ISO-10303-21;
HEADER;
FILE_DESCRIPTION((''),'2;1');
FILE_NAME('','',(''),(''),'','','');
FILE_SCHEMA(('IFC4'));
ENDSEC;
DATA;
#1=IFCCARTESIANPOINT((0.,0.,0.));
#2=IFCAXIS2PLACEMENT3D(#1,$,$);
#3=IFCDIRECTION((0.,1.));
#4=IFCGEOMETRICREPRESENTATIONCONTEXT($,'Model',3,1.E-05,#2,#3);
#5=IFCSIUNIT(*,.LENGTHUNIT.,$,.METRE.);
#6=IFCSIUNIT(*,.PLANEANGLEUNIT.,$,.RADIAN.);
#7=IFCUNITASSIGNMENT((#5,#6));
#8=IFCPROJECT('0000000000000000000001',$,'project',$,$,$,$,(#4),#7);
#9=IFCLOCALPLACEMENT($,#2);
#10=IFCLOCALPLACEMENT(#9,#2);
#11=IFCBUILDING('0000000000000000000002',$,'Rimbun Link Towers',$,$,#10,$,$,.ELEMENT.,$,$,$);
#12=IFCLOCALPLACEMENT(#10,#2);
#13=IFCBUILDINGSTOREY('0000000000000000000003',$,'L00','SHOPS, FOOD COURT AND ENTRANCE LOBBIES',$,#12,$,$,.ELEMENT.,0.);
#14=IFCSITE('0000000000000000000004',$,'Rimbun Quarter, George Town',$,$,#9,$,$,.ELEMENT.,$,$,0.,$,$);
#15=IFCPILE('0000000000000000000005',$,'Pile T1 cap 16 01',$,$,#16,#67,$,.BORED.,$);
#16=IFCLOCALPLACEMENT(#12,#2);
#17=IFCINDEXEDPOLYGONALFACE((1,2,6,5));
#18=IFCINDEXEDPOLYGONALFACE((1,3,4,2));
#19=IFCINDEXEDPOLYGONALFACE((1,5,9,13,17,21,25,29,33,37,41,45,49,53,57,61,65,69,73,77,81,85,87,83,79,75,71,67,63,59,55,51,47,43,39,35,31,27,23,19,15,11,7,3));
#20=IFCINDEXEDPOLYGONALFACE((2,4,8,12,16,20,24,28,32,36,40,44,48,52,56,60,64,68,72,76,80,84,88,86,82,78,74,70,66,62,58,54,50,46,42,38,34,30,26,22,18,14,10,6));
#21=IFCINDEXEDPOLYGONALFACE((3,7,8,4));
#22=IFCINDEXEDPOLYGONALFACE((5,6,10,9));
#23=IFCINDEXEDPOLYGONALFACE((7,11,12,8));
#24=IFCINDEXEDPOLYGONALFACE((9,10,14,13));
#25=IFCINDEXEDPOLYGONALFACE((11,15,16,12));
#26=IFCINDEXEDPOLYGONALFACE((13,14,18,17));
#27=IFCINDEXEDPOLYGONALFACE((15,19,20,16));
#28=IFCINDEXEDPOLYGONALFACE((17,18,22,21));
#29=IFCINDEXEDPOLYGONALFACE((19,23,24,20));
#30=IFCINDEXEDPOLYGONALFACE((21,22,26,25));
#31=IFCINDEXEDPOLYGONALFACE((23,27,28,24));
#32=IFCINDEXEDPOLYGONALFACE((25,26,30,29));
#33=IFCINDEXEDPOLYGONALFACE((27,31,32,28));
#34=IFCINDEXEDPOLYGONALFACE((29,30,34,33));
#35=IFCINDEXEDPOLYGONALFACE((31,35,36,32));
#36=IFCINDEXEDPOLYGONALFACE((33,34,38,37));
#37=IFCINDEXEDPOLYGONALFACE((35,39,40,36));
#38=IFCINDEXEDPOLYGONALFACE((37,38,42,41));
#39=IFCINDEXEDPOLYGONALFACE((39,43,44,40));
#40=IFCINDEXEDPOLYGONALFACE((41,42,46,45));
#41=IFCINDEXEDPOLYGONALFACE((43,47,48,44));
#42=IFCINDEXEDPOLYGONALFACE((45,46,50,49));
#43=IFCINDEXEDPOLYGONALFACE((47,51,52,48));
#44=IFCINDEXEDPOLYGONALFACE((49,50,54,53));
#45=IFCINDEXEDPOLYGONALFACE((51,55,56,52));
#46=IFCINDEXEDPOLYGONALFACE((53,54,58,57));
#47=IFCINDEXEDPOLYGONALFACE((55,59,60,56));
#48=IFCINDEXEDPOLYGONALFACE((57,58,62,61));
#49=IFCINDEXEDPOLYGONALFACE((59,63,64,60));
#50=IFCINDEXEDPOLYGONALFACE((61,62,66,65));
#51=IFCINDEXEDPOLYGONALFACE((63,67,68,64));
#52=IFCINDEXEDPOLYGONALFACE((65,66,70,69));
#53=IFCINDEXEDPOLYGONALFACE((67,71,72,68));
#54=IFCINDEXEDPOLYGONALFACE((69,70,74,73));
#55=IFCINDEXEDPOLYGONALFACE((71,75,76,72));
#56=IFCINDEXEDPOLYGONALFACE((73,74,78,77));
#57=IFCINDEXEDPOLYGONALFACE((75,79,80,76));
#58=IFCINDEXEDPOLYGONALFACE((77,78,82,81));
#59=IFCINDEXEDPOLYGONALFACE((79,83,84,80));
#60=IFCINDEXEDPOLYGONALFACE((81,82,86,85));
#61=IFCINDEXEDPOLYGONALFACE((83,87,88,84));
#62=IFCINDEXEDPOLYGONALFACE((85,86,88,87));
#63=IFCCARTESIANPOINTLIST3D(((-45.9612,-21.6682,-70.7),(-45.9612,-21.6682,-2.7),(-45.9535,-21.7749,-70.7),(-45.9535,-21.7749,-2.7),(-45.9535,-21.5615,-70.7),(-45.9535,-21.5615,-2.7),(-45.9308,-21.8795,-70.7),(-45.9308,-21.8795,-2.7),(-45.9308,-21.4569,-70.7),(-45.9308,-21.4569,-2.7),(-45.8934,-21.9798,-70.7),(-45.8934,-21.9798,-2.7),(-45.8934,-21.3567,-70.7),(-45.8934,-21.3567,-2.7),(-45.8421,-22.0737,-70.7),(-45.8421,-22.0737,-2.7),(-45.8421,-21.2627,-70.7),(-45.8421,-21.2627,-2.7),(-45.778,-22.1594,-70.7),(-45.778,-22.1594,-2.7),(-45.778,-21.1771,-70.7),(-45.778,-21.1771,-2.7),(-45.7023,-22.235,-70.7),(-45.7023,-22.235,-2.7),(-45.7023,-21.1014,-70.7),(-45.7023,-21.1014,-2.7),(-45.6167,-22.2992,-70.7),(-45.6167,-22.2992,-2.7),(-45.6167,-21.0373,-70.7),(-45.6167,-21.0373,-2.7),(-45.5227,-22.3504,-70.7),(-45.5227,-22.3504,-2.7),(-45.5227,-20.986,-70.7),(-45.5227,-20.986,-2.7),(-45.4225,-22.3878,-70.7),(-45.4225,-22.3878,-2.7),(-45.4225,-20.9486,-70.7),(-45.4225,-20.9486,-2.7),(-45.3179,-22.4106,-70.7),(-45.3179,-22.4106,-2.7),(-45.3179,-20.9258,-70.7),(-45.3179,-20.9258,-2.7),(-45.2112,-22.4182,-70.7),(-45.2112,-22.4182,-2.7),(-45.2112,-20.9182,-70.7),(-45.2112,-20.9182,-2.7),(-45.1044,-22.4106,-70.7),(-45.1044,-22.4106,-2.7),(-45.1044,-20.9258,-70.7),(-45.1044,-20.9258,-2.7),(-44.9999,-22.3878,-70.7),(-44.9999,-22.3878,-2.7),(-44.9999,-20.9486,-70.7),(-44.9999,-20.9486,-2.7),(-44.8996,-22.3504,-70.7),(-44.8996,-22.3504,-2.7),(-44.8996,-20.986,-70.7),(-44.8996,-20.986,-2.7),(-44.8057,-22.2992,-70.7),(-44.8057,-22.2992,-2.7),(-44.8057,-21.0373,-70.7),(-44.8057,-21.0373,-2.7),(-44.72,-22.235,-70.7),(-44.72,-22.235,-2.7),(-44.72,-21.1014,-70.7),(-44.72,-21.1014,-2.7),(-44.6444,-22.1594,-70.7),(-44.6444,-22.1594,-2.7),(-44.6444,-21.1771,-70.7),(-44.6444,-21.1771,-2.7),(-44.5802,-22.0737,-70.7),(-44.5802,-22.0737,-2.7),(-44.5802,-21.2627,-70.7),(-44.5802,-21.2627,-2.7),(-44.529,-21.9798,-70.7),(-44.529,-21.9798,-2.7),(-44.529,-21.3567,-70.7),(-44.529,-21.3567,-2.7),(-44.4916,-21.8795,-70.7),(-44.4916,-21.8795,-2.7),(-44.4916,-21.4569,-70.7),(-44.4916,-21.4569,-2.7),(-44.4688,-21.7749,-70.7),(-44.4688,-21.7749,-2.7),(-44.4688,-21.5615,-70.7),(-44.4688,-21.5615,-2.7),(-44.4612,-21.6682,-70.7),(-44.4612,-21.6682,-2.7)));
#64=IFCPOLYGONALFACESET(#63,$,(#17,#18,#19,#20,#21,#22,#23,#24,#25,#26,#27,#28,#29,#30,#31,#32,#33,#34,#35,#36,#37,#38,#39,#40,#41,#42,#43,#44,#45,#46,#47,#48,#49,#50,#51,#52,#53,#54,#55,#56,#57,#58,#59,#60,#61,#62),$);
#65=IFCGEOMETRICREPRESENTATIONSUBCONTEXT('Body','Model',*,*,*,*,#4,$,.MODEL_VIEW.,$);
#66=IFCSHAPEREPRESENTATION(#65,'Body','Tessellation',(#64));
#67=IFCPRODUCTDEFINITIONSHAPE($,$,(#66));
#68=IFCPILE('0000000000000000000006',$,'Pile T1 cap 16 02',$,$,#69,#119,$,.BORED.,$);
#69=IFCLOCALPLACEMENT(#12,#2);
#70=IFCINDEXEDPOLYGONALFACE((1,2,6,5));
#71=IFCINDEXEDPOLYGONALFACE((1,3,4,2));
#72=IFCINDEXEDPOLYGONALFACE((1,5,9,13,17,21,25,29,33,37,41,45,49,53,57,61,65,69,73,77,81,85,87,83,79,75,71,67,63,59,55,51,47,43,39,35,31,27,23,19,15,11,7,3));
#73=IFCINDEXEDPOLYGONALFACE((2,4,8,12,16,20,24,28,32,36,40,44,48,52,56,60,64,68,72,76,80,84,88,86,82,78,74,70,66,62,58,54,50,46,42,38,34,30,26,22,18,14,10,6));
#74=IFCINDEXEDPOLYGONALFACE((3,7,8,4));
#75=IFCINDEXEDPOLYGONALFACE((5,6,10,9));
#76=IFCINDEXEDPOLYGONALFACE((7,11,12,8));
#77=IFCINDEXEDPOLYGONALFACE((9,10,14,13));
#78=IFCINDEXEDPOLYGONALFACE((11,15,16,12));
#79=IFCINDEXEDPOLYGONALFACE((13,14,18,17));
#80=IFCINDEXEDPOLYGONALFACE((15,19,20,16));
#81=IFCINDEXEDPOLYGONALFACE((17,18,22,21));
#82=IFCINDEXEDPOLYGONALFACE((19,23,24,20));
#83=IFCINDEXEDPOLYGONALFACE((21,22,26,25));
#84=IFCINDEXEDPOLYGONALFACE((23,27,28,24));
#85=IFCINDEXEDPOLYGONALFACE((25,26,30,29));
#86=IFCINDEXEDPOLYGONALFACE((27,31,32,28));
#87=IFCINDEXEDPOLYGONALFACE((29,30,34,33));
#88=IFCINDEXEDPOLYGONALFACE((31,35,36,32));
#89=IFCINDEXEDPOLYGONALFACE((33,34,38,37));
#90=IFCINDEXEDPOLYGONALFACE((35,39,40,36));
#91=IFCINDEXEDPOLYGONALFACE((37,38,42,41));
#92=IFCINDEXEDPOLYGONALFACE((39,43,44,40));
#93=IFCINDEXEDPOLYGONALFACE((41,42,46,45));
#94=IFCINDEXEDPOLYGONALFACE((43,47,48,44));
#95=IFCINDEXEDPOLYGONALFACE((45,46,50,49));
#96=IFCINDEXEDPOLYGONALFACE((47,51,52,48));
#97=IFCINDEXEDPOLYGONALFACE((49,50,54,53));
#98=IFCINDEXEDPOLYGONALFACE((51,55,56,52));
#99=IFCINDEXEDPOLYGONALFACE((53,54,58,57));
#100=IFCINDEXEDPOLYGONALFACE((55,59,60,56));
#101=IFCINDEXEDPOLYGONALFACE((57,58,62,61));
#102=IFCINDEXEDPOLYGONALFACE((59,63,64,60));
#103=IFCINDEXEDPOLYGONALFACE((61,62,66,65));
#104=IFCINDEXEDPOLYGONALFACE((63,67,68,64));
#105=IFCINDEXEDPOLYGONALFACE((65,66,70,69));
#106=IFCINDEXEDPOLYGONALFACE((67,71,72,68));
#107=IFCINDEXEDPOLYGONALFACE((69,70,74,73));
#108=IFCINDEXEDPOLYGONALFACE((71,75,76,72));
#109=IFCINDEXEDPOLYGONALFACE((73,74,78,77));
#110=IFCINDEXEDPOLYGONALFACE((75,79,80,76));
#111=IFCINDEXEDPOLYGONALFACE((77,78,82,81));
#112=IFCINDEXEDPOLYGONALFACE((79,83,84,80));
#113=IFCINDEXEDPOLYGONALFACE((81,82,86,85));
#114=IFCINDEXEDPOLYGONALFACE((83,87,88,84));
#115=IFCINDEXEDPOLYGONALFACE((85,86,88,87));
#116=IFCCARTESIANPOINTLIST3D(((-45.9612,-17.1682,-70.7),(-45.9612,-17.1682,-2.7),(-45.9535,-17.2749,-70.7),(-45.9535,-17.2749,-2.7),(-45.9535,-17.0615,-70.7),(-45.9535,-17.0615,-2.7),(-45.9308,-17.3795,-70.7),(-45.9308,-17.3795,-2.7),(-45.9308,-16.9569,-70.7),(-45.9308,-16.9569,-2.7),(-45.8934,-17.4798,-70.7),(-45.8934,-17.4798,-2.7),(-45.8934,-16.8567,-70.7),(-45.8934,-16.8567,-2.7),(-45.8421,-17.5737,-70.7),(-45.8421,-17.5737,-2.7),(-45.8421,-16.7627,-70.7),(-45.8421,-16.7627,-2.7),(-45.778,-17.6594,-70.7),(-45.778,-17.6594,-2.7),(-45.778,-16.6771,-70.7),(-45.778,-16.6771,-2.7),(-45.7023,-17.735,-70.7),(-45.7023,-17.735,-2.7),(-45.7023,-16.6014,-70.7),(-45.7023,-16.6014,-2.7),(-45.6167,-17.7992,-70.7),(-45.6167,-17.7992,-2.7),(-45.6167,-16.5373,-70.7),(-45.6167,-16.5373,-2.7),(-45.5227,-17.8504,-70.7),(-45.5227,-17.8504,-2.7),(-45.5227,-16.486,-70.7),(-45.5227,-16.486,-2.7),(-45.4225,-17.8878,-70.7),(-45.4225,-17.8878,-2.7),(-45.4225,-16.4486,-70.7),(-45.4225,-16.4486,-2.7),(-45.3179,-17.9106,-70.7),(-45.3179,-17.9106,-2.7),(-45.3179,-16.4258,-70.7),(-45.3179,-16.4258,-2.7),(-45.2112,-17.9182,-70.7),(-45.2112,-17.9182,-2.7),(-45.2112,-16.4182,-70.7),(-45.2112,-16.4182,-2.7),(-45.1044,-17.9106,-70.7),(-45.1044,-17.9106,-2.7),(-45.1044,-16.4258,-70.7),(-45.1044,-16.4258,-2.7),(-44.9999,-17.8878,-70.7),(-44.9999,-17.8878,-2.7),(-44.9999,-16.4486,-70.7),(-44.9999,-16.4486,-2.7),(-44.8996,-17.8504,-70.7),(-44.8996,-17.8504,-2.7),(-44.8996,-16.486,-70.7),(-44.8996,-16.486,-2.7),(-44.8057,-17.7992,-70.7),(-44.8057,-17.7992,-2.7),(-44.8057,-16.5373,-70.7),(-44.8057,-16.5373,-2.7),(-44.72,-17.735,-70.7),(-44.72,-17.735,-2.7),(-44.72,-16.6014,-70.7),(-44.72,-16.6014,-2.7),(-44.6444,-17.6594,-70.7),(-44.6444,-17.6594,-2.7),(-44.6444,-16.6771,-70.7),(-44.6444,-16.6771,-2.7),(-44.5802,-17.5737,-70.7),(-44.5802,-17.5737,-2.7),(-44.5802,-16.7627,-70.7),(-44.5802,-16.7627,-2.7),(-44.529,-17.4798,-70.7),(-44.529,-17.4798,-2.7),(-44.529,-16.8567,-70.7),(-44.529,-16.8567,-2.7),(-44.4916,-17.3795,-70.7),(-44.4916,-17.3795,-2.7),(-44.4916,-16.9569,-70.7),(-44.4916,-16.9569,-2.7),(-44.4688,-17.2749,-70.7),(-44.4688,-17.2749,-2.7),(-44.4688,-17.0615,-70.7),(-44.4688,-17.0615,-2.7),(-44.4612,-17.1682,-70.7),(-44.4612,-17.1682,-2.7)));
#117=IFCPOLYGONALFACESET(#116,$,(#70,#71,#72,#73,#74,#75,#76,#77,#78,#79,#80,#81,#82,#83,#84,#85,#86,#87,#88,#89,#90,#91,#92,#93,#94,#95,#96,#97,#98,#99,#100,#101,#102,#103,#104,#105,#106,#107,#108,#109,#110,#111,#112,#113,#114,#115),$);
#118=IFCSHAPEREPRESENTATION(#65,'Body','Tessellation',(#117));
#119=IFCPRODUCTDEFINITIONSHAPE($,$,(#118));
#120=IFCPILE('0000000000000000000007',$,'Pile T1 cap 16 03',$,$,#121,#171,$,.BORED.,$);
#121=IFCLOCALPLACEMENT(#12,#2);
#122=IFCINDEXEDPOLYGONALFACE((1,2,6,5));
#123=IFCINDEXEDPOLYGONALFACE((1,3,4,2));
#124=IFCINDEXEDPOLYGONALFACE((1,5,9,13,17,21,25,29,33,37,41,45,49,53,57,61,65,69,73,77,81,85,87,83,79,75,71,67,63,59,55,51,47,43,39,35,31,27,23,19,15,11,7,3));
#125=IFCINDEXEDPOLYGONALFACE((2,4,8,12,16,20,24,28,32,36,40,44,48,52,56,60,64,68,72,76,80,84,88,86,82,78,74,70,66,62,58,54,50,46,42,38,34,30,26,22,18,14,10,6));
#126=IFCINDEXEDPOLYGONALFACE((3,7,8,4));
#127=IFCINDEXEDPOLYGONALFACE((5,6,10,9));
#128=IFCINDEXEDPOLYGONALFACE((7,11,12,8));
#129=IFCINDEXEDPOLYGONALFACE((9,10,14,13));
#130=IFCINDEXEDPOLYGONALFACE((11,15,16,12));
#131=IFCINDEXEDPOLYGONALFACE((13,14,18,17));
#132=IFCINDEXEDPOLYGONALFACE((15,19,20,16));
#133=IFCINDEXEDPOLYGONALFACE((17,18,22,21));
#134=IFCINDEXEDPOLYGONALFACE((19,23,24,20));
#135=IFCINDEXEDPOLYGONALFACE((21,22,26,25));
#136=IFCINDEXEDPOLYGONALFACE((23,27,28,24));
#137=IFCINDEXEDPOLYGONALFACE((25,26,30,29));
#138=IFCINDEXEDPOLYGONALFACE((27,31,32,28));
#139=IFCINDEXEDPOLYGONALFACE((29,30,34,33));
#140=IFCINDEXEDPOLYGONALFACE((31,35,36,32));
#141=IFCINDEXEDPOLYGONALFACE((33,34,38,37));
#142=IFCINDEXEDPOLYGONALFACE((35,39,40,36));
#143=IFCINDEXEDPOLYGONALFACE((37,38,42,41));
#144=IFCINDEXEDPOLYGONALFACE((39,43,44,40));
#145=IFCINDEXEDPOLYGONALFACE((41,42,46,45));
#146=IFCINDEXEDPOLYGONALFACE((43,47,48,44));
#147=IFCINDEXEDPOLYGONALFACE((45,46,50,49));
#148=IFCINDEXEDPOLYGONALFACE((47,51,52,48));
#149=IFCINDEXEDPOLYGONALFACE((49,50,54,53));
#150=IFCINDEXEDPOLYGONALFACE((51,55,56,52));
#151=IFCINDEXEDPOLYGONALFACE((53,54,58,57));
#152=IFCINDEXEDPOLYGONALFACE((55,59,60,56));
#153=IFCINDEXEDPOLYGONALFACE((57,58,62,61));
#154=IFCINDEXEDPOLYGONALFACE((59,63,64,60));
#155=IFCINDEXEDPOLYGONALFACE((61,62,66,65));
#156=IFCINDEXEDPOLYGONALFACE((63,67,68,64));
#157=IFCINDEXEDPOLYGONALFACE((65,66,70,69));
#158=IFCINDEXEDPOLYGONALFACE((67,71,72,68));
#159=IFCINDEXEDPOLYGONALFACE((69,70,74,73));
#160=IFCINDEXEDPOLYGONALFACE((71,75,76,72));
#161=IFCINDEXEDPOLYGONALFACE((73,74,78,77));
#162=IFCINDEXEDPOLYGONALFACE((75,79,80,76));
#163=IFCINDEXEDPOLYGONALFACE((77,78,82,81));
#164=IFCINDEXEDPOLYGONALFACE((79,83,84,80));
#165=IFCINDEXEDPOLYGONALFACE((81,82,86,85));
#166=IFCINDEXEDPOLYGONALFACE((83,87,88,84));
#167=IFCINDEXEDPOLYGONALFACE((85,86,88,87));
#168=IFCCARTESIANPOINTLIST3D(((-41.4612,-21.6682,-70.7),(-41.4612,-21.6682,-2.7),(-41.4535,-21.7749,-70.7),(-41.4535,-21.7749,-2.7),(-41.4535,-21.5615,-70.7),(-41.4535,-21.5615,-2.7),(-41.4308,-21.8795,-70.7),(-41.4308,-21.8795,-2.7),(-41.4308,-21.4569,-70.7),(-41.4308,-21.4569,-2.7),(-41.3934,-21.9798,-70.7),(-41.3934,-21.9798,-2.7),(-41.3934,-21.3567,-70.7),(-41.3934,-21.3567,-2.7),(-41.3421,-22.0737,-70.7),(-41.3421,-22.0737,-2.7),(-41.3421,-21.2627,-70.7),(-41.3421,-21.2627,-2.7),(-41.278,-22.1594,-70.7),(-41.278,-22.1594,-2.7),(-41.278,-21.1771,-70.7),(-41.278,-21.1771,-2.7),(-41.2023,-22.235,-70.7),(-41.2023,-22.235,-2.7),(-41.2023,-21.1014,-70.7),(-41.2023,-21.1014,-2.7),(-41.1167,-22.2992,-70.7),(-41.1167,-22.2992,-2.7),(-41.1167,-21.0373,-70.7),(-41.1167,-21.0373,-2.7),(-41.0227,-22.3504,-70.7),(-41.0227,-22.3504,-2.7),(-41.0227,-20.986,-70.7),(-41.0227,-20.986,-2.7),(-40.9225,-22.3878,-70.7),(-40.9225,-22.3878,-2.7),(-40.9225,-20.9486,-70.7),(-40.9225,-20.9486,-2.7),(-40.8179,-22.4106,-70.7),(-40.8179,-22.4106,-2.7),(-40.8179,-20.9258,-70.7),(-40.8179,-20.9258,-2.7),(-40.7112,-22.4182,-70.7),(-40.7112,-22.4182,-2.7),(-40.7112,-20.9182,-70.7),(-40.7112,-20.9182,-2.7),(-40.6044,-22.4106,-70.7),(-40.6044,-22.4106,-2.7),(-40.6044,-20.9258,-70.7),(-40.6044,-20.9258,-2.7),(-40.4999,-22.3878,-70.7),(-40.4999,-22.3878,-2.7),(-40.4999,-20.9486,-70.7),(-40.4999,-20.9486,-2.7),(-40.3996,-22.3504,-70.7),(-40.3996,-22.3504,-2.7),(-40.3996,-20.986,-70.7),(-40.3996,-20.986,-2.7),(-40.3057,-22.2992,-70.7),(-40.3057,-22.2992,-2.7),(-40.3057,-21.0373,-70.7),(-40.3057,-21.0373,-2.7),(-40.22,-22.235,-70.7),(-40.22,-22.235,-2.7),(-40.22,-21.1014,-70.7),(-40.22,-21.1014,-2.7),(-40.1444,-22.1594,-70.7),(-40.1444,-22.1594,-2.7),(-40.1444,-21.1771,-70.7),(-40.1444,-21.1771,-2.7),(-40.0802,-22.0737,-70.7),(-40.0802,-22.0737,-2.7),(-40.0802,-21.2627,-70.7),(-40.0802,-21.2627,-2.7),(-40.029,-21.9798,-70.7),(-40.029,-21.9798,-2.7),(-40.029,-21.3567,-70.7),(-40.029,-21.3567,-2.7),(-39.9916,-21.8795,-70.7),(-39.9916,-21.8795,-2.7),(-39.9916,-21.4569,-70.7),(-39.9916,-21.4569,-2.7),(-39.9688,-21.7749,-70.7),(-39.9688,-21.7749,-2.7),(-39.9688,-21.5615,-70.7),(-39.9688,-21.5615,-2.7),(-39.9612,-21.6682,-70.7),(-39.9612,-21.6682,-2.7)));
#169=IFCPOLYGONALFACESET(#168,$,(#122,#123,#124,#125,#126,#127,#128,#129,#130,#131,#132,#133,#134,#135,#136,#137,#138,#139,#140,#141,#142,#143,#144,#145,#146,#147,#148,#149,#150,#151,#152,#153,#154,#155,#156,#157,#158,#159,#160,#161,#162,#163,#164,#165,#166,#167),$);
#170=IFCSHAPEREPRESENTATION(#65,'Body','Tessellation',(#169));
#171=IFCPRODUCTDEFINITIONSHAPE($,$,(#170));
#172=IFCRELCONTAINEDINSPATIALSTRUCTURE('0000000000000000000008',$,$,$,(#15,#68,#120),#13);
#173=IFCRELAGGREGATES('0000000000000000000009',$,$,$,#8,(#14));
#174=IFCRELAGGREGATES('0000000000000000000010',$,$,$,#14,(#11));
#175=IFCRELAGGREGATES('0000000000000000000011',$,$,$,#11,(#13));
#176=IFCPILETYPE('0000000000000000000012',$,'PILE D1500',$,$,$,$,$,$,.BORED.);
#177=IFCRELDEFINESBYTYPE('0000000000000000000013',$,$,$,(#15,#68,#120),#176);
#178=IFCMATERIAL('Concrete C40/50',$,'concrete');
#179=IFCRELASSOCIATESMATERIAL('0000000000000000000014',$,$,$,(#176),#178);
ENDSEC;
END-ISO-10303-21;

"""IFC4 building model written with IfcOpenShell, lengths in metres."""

from ifc_helpers import new_model, si_unit, direction, frame, origin, origin_2d, place, context, subcontext, project, spatial, circle, extrude, material, material_profile, profile_set, type_object, element, save


model = new_model("IFC4")

# Units and contexts
model_context = context("Model", 3, precision=1e-05, world=origin(), true_north=direction((0.0, 1.0)))
body_context = subcontext(model_context, "Body", "Model", "MODEL_VIEW")
ifc_project = project(units=[si_unit("LENGTHUNIT", "METRE"), si_unit("PLANEANGLEUNIT", "RADIAN")], contexts=[model_context])

# Site, building, storey
site_placement = place(None, origin())
site = spatial("IfcSite", under=ifc_project, at=site_placement, Name="Rimbun Quarter, George Town", CompositionType="ELEMENT", RefElevation=0.0)
building_placement = place(site_placement, origin())
building = spatial("IfcBuilding", under=site, at=building_placement, Name="Rimbun Link Towers", CompositionType="ELEMENT")
storey_placement = place(building_placement, origin())
storey = spatial("IfcBuildingStorey", under=building, at=storey_placement, Name="L00", Description="SHOPS, FOOD COURT AND ENTRANCE LOBBIES", CompositionType="ELEMENT", Elevation=0.0)

# Piles
ifc_material_1 = material(Name="Concrete C40/50", Category="concrete")
ifc_material_profile_1 = material_profile(ifc_material_1, circle(Radius=0.75, at=origin_2d()), Name="PILE D1500")
ifc_profile_set_1 = profile_set([ifc_material_profile_1], Name="Concrete C40/50")
pile_type_1 = type_object("IfcPileType", Name="PILE D1500", PredefinedType="BORED", material=ifc_profile_set_1)
for number, where, z_axis, x_axis, name in (
    (1, (-45.2112, -21.6682, -2.7), (0.0, 0.0, -1.0), (1.0, 0.0, 0.0), "Pile T1 cap 16 01"),
    (2, (-45.2112, -17.1682, -2.7), (0.0, 0.0, -1.0), (1.0, 0.0, 0.0), "Pile T1 cap 16 02"),
    (3, (-40.7112, -21.6682, -2.7), (0.0, 0.0, -1.0), (1.0, 0.0, 0.0), "Pile T1 cap 16 03"),
):
    element("IfcPile", number, at=place(storey_placement, frame(where, z_axis=z_axis, x_axis=x_axis)), inside=storey, type_object=pile_type_1, Name=name, PredefinedType="BORED", context=body_context, shape_type="SweptSolid", body=[
        extrude(circle(Radius=0.75, at=origin_2d()), origin(), (0.0, 0.0, 1.0), 68.0),
    ])

save(model, "model.ifc")
